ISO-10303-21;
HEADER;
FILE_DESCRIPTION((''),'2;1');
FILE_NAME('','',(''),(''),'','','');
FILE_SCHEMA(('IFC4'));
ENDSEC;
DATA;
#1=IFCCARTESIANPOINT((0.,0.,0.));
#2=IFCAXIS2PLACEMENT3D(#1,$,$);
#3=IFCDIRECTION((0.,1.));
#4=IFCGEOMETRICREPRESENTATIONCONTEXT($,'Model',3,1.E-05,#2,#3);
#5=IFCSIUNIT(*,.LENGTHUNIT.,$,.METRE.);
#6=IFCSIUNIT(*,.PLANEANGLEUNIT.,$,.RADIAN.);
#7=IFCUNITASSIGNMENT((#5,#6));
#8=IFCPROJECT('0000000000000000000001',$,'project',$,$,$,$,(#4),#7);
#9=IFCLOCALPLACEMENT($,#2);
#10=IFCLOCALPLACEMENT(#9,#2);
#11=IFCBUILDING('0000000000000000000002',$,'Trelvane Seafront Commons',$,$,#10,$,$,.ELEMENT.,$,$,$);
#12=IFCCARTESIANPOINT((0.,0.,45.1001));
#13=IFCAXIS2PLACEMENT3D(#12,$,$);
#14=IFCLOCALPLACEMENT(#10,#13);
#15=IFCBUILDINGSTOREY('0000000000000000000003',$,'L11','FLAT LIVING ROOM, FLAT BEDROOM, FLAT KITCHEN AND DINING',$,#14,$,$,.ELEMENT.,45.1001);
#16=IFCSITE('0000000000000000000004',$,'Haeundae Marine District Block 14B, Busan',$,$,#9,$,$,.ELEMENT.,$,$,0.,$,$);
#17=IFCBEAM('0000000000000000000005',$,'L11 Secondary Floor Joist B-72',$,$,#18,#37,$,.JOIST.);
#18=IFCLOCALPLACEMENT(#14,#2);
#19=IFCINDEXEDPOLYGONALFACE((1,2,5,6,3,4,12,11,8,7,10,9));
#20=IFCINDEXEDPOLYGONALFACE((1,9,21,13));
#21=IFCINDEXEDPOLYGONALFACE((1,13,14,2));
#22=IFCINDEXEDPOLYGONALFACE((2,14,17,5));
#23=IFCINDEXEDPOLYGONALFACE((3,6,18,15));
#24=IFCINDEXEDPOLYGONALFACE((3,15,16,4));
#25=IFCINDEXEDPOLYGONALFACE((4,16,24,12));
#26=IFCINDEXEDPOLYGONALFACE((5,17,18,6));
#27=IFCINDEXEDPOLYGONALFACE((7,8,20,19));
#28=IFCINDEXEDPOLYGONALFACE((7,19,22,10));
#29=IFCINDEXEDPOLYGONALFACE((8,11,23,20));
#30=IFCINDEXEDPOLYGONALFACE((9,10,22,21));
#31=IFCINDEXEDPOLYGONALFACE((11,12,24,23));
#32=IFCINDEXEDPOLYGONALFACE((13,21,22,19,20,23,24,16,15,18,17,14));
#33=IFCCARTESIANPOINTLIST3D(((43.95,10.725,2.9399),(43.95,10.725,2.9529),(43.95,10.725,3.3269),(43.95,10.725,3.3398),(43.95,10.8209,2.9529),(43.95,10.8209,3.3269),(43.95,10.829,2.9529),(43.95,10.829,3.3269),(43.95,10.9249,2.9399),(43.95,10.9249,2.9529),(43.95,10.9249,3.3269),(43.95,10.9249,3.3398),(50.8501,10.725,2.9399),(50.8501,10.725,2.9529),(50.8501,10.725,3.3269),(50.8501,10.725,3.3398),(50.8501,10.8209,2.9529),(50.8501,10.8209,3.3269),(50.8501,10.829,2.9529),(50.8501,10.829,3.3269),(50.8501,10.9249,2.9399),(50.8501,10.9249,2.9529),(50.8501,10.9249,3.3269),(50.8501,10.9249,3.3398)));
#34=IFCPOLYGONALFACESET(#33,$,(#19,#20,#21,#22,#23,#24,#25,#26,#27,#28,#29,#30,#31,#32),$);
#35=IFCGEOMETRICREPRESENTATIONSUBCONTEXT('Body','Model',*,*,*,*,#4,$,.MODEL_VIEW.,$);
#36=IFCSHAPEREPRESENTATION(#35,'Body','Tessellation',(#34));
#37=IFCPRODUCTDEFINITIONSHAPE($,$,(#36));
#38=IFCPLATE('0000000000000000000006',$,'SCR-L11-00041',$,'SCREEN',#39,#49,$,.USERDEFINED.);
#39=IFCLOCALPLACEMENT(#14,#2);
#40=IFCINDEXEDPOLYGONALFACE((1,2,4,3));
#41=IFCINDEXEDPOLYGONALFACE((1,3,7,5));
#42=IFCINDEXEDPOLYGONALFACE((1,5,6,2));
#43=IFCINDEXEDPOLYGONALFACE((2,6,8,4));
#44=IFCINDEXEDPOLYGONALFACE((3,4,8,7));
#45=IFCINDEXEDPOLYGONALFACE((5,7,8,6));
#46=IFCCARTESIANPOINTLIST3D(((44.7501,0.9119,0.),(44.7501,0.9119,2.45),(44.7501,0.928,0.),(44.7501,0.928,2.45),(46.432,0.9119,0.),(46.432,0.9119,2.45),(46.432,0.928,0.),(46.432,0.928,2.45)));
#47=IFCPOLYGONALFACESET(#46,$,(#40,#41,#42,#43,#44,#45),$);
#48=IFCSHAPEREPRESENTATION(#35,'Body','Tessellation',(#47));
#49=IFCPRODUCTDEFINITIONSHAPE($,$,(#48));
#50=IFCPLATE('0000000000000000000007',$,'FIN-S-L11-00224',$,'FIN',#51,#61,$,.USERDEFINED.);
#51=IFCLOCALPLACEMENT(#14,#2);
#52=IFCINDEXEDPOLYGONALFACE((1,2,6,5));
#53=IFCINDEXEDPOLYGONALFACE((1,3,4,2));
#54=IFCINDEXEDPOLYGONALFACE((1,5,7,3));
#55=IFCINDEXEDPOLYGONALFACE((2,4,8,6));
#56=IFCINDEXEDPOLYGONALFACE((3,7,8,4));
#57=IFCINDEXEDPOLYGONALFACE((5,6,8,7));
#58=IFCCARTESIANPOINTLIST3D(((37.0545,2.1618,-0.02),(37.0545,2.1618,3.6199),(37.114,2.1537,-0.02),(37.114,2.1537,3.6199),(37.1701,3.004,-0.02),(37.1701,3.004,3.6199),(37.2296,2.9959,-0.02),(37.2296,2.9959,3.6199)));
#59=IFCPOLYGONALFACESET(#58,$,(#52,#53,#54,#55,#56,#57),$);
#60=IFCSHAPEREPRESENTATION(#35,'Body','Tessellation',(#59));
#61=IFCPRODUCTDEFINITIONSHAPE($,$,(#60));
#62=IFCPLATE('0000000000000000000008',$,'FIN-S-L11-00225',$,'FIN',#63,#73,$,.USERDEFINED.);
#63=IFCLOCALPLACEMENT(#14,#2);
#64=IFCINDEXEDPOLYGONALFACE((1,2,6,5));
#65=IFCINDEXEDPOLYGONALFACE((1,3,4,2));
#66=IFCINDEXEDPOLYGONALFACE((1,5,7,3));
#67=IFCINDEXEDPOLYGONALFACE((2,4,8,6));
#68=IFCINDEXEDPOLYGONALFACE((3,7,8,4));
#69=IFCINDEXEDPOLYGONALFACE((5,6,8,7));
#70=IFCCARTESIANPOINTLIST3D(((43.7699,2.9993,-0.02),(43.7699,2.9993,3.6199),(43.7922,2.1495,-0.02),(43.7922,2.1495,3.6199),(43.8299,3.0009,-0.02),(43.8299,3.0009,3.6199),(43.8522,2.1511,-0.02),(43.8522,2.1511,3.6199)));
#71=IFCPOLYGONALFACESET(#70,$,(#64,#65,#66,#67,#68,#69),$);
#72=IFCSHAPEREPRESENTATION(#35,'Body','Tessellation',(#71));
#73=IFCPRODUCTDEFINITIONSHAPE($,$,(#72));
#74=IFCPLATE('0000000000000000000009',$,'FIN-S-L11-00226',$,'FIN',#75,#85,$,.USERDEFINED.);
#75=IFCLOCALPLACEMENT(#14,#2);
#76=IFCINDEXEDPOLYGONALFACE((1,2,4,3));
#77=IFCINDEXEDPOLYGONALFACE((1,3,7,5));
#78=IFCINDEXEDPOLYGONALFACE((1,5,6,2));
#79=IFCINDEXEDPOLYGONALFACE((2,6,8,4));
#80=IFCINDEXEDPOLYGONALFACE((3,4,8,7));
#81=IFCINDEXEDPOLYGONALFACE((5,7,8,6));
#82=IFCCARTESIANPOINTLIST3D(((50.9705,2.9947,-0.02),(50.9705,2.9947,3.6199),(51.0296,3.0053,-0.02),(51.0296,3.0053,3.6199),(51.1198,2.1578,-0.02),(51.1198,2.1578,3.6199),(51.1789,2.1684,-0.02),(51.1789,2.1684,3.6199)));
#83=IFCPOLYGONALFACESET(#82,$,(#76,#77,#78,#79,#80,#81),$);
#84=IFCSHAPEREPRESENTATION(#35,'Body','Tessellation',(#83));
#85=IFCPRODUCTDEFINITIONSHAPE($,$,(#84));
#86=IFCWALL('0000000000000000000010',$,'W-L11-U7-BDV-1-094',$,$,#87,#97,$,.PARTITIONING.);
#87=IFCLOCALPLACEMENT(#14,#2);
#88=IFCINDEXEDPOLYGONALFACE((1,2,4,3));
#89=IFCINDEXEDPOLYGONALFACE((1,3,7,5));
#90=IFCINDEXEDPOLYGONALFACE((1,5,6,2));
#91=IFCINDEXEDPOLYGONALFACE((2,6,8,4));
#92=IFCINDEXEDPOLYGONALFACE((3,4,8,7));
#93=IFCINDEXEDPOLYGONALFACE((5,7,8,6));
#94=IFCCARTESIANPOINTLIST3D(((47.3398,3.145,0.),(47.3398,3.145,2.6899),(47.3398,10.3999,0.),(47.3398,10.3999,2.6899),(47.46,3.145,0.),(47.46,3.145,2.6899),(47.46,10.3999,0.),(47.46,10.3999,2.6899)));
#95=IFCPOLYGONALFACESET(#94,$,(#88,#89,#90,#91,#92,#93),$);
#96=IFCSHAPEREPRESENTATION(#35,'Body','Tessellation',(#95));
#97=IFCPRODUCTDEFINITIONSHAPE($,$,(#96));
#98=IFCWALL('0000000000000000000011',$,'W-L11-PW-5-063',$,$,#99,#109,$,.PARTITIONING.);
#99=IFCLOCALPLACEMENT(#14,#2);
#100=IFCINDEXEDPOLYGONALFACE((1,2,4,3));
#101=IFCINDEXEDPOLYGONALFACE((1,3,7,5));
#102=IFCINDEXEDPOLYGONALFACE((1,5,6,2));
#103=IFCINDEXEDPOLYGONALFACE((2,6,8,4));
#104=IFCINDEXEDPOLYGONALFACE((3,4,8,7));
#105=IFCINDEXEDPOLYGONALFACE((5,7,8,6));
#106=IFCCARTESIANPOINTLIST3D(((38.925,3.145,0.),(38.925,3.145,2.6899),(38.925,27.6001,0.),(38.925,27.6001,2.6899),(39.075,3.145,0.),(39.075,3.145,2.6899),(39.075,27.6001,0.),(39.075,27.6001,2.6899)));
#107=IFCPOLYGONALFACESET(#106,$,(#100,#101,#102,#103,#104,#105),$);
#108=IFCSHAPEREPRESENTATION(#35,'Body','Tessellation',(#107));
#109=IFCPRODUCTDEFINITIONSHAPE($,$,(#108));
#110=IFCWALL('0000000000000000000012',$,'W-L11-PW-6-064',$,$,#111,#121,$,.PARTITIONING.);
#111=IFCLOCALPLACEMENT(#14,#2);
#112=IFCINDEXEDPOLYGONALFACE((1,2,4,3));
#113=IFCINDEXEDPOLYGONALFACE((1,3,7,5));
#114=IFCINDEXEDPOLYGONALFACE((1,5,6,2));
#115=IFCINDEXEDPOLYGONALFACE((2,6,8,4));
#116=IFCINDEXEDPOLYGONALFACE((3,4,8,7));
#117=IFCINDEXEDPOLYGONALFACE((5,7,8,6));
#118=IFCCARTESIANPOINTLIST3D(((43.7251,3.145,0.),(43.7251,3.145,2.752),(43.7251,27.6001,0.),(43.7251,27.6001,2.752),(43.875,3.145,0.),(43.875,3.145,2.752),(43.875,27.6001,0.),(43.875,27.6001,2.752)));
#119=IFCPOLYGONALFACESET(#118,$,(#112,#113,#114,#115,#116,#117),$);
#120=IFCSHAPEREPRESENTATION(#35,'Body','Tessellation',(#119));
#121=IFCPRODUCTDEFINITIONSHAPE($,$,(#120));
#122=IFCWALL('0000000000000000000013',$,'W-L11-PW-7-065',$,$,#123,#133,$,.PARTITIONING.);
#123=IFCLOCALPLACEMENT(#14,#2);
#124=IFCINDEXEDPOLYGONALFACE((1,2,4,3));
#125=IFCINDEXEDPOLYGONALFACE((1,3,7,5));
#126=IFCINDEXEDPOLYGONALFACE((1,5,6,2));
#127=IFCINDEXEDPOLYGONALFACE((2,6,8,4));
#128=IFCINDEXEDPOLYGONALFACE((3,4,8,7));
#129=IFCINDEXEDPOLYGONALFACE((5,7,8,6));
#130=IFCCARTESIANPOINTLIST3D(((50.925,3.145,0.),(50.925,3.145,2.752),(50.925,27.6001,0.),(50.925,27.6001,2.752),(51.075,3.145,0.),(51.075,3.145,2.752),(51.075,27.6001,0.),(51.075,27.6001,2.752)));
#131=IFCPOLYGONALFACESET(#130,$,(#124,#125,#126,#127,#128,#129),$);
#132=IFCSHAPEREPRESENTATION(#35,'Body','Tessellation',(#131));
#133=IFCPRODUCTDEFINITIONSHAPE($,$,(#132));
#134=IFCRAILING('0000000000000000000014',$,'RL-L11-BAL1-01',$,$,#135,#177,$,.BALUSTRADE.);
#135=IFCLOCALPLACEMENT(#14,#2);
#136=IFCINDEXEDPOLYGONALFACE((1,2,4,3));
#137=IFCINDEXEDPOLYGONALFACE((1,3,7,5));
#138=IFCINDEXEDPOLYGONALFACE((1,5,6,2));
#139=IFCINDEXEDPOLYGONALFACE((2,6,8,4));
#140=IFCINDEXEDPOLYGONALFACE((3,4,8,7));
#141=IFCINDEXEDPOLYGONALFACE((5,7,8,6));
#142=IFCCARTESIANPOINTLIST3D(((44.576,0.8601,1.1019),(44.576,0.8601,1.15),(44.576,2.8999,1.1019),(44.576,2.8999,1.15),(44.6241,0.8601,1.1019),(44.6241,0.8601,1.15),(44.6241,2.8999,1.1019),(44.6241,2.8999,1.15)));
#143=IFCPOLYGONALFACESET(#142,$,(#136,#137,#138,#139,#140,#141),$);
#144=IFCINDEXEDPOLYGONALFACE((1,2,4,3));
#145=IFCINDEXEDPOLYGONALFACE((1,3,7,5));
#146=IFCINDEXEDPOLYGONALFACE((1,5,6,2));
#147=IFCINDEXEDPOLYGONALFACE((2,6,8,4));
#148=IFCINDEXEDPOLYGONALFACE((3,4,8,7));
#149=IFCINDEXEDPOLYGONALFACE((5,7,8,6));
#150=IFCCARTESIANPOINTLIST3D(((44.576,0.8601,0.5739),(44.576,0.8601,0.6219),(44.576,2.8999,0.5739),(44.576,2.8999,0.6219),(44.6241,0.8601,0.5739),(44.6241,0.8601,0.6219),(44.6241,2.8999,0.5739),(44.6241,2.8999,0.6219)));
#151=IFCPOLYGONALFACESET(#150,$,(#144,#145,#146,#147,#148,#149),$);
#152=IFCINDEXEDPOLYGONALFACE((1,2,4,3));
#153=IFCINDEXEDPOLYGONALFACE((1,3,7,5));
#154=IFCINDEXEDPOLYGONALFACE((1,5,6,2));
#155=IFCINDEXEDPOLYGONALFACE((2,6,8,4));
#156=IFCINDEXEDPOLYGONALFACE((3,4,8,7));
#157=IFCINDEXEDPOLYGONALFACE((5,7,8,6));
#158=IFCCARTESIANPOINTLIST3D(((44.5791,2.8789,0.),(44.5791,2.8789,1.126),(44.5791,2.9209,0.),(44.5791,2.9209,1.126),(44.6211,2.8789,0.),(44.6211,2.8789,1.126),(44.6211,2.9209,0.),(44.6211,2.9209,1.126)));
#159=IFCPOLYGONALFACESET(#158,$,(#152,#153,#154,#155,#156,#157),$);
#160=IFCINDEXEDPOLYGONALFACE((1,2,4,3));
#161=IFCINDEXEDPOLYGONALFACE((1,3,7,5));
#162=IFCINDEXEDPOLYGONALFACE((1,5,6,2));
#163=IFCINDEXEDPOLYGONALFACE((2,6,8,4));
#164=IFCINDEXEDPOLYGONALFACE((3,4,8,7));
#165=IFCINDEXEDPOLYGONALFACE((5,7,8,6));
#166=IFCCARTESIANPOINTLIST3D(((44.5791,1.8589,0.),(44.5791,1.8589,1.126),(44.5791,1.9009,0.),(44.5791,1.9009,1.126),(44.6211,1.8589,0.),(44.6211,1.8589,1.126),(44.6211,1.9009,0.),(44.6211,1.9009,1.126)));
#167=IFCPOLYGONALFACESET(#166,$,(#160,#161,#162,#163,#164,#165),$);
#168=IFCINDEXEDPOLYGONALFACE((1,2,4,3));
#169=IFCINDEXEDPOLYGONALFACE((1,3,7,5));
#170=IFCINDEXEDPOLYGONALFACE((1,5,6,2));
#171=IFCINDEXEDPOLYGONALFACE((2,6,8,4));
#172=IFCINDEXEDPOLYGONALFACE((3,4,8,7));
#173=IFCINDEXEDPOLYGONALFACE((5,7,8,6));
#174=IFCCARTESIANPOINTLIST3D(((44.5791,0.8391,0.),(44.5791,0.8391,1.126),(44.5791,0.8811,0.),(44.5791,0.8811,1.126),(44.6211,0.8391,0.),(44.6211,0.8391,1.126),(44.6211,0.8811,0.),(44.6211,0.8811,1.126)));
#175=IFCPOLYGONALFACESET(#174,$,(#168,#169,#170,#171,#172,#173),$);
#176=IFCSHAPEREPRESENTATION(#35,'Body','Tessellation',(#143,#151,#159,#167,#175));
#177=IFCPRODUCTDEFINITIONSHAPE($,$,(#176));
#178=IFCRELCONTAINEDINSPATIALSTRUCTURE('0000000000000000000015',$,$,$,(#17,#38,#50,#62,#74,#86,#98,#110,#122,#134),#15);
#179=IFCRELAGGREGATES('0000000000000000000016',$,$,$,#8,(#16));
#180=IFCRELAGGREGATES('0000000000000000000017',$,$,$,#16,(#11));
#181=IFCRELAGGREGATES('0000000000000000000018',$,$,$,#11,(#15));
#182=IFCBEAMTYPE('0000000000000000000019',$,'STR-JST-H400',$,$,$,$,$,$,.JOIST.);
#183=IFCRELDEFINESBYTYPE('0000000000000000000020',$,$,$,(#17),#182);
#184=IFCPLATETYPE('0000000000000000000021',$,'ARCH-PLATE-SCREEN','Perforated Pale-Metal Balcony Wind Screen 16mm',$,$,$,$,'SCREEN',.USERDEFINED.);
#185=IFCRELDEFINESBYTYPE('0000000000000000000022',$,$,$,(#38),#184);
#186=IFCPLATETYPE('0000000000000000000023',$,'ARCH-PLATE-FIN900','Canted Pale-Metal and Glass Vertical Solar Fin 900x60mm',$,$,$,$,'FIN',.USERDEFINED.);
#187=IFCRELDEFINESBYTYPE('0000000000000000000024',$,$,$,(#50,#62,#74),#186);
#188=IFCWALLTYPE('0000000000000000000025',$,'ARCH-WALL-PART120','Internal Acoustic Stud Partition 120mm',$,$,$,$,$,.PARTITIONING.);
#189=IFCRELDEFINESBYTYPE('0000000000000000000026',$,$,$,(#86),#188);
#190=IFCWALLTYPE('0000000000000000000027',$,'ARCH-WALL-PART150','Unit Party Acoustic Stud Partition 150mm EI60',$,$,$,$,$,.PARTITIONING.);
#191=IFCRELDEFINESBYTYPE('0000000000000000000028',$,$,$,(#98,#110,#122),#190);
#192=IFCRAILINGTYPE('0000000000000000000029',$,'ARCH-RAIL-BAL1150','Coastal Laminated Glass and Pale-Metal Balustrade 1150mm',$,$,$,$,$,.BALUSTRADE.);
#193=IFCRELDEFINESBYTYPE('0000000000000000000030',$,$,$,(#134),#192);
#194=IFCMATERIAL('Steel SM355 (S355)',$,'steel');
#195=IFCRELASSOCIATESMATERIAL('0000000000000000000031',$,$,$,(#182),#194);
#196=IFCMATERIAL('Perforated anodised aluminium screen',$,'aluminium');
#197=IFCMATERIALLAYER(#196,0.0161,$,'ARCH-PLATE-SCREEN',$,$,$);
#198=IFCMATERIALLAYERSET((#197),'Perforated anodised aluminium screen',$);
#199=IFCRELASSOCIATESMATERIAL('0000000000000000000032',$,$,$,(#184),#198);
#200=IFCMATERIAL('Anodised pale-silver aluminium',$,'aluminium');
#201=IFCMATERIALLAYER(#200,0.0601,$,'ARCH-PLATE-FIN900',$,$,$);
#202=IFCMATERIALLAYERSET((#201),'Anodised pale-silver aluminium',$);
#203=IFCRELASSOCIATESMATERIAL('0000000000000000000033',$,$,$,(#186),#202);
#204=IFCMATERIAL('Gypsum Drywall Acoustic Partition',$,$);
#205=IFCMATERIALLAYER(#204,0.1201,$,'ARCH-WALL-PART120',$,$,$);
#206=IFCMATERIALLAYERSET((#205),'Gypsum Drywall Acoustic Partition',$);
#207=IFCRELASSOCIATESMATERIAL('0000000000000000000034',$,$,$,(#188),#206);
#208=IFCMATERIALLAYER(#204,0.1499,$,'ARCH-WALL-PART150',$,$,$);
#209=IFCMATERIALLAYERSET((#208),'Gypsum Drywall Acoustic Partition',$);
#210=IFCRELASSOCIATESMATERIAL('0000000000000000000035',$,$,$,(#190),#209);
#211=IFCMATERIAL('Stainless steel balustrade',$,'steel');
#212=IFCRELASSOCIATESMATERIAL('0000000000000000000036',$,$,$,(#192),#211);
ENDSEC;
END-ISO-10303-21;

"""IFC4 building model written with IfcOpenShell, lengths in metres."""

from ifc_helpers import new_model, si_unit, direction, frame, frame_2d, origin, origin_2d, place, context, subcontext, project, spatial, rectangle, i_section, extrude, source, transform, mapped, material, layer, layer_set, material_profile, profile_set, type_object, element, save


model = new_model("IFC4")

# Units and contexts
model_context = context("Model", 3, precision=1e-05, world=origin(), true_north=direction((0.0, 1.0)))
body_context = subcontext(model_context, "Body", "Model", "MODEL_VIEW")
ifc_project = project(units=[si_unit("LENGTHUNIT", "METRE"), si_unit("PLANEANGLEUNIT", "RADIAN")], contexts=[model_context])

# Site, building, storey
site_placement = place(None, origin())
site = spatial("IfcSite", under=ifc_project, at=site_placement, Name="Haeundae Marine District Block 14B, Busan", CompositionType="ELEMENT", RefElevation=0.0)
building_placement = place(site_placement, origin())
building = spatial("IfcBuilding", under=site, at=building_placement, Name="Trelvane Seafront Commons", CompositionType="ELEMENT")
storey_placement = place(building_placement, frame((0.0, 0.0, 45.1001)))
storey = spatial("IfcBuildingStorey", under=building, at=storey_placement, Name="L11", Description="FLAT LIVING ROOM, FLAT BEDROOM, FLAT KITCHEN AND DINING", CompositionType="ELEMENT", Elevation=45.1001)

# Shared definitions
ifc_material_1 = material(Name="Steel SM355 (S355)", Category="steel")

# Beam
ifc_material_profile_1 = material_profile(ifc_material_1, i_section(OverallWidth=0.2, OverallDepth=0.3999, WebThickness=0.0081, FlangeThickness=0.0129, at=origin_2d()), Name="H-400x200x8x13")
ifc_profile_set_1 = profile_set([ifc_material_profile_1], Name="Steel SM355 (S355)")
beam_type_1 = type_object("IfcBeamType", Name="STR-JST-H400", PredefinedType="JOIST", material=ifc_profile_set_1)
shared_shape_1 = source(origin(), body_context, "Body", "SweptSolid", [
    extrude(i_section(OverallWidth=0.2, OverallDepth=0.3999, WebThickness=0.0081, FlangeThickness=0.0129, at=origin_2d()), origin(), (0.0, 0.0, 1.0), 6.9001),
])
beam_1_placement = place(storey_placement, frame((43.95, 10.825, 3.1399), z_axis=(1.0, 0.0, 0.0), x_axis=(0.0, 1.0, 0.0)))
element("IfcBeam", 1, at=beam_1_placement, inside=storey, type_object=beam_type_1, Name="L11 Secondary Floor Joist B-72", PredefinedType="JOIST", context=body_context, shape_type="MappedRepresentation", body=[
    mapped(shared_shape_1, transform((0.0, 0.0, 0.0), x_axis=(1.0, 0.0, 0.0), y_axis=(0.0, 1.0, 0.0), z_axis=(0.0, 0.0, 1.0), scale=1.0)),
])

# Plates
ifc_material_2 = material(Name="Perforated anodised aluminium screen", Category="aluminium")
ifc_layer_1 = layer(ifc_material_2, 0.0161, Name="ARCH-PLATE-SCREEN")
ifc_layer_set_1 = layer_set([ifc_layer_1], Name="Perforated anodised aluminium screen")
plate_type_1 = type_object("IfcPlateType", Name="ARCH-PLATE-SCREEN", Description="Perforated Pale-Metal Balcony Wind Screen 16mm", ElementType="SCREEN", PredefinedType="USERDEFINED", material=ifc_layer_set_1)
shared_shape_2 = source(origin(), body_context, "Body", "SweptSolid", [
    extrude(rectangle(XDim=1.6819, YDim=0.0161, at=origin_2d()), origin(), (0.0, 0.0, 1.0), 2.45),
])
plate_placement = place(storey_placement, frame((45.5911, 0.9199, 0.0), z_axis=(0.0, 0.0, 1.0), x_axis=(1.0, 0.0, 0.0)))
element("IfcPlate", 2, at=plate_placement, inside=storey, type_object=plate_type_1, Name="SCR-L11-00041", ObjectType="SCREEN", PredefinedType="USERDEFINED", context=body_context, shape_type="MappedRepresentation", body=[
    mapped(shared_shape_2, transform((0.0, 0.0, 0.0), x_axis=(1.0, 0.0, 0.0), y_axis=(0.0, 1.0, 0.0), z_axis=(0.0, 0.0, 1.0), scale=1.0)),
])
ifc_material_3 = material(Name="Anodised pale-silver aluminium", Category="aluminium")
ifc_layer_2 = layer(ifc_material_3, 0.0601, Name="ARCH-PLATE-FIN900")
ifc_layer_set_2 = layer_set([ifc_layer_2], Name="Anodised pale-silver aluminium")
plate_type_2 = type_object("IfcPlateType", Name="ARCH-PLATE-FIN900", Description="Canted Pale-Metal and Glass Vertical Solar Fin 900x60mm", ElementType="FIN", PredefinedType="USERDEFINED", material=ifc_layer_set_2)
shared_shape_3 = source(origin(), body_context, "Body", "SweptSolid", [
    extrude(rectangle(XDim=0.8501, YDim=0.0601, at=origin_2d()), origin(), (0.0, 0.0, 1.0), 3.6399),
])
for number, where, z_axis, x_axis, name in (
    (3, (37.1421, 2.5789, -0.02), (0.0, 0.0, 1.0), (-0.136001, -0.990709, 0.0), "FIN-S-L11-00224"),
    (4, (43.811, 2.5752, -0.02), (0.0, 0.0, 1.0), (0.026236, -0.999656, 0.0), "FIN-S-L11-00225"),
    (5, (51.0747, 2.5815, -0.02), (0.0, 0.0, 1.0), (0.175643, -0.984454, 0.0), "FIN-S-L11-00226"),
):
    element("IfcPlate", number, at=place(storey_placement, frame(where, z_axis=z_axis, x_axis=x_axis)), inside=storey, type_object=plate_type_2, Name=name, ObjectType="FIN", PredefinedType="USERDEFINED", context=body_context, shape_type="MappedRepresentation", body=[
        mapped(shared_shape_3, transform((0.0, 0.0, 0.0), x_axis=(1.0, 0.0, 0.0), y_axis=(0.0, 1.0, 0.0), z_axis=(0.0, 0.0, 1.0), scale=1.0)),
    ])

# Shared definitions
ifc_material_4 = material(Name="Gypsum Drywall Acoustic Partition")
ifc_layer_3 = layer(ifc_material_4, 0.1201, Name="ARCH-WALL-PART120")
ifc_layer_set_3 = layer_set([ifc_layer_3], Name="Gypsum Drywall Acoustic Partition")
wall_type_1 = type_object("IfcWallType", Name="ARCH-WALL-PART120", Description="Internal Acoustic Stud Partition 120mm", PredefinedType="PARTITIONING", material=ifc_layer_set_3)

# Walls
wall_1_placement = place(storey_placement, frame((47.3999, 3.145, 0.0), z_axis=(0.0, 0.0, 1.0), x_axis=(0.0, 1.0, 0.0)))
element("IfcWall", 6, at=wall_1_placement, inside=storey, type_object=wall_type_1, Name="W-L11-U7-BDV-1-094", PredefinedType="PARTITIONING", context=body_context, shape_type="SweptSolid", body=[
    extrude(rectangle(XDim=7.2549, YDim=0.1201, at=frame_2d((3.6274, 0.0))), origin(), (0.0, 0.0, 1.0), 2.6899),
])
ifc_layer_4 = layer(ifc_material_4, 0.1499, Name="ARCH-WALL-PART150")
ifc_layer_set_4 = layer_set([ifc_layer_4], Name="Gypsum Drywall Acoustic Partition")
wall_type_2 = type_object("IfcWallType", Name="ARCH-WALL-PART150", Description="Unit Party Acoustic Stud Partition 150mm EI60", PredefinedType="PARTITIONING", material=ifc_layer_set_4)
wall_2_placement = place(storey_placement, frame((39.0, 3.145, 0.0), z_axis=(0.0, 0.0, 1.0), x_axis=(0.0, 1.0, 0.0)))
element("IfcWall", 7, at=wall_2_placement, inside=storey, type_object=wall_type_2, Name="W-L11-PW-5-063", PredefinedType="PARTITIONING", context=body_context, shape_type="SweptSolid", body=[
    extrude(rectangle(XDim=24.4551, YDim=0.1499, at=frame_2d((12.2275, 0.0))), origin(), (0.0, 0.0, 1.0), 2.6899),
])
for number, where, z_axis, x_axis, name in (
    (8, (43.8, 3.145, 0.0), (0.0, 0.0, 1.0), (0.0, 1.0, 0.0), "W-L11-PW-6-064"),
    (9, (51.0, 3.145, 0.0), (0.0, 0.0, 1.0), (0.0, 1.0, 0.0), "W-L11-PW-7-065"),
):
    element("IfcWall", number, at=place(storey_placement, frame(where, z_axis=z_axis, x_axis=x_axis)), inside=storey, type_object=wall_type_2, Name=name, PredefinedType="PARTITIONING", context=body_context, shape_type="SweptSolid", body=[
        extrude(rectangle(XDim=24.4551, YDim=0.1499, at=frame_2d((12.2275, 0.0))), origin(), (0.0, 0.0, 1.0), 2.752),
    ])

# Railing
ifc_material_5 = material(Name="Stainless steel balustrade", Category="steel")
railing_type = type_object("IfcRailingType", Name="ARCH-RAIL-BAL1150", Description="Coastal Laminated Glass and Pale-Metal Balustrade 1150mm", PredefinedType="BALUSTRADE", material=ifc_material_5)
railing_1_placement = place(storey_placement, frame((44.6001, 2.8999, 0.0)))
element("IfcRailing", 10, at=railing_1_placement, inside=storey, type_object=railing_type, Name="RL-L11-BAL1-01", PredefinedType="BALUSTRADE", context=body_context, shape_type="SweptSolid", body=[
    extrude(rectangle(XDim=0.0481, YDim=0.0481, at=origin_2d()), frame((0.0, 0.0, 1.126), z_axis=(0.0, -1.0, 0.0), x_axis=(1.0, 0.0, 0.0)), (0.0, 0.0, 1.0), 2.0398),
    extrude(rectangle(XDim=0.0481, YDim=0.0481, at=origin_2d()), frame((0.0, 0.0, 0.5979), z_axis=(0.0, -1.0, 0.0), x_axis=(1.0, 0.0, 0.0)), (0.0, 0.0, 1.0), 2.0398),
    extrude(rectangle(XDim=0.042, YDim=0.042, at=origin_2d()), origin(), (0.0, 0.0, 1.0), 1.126),
    extrude(rectangle(XDim=0.042, YDim=0.042, at=origin_2d()), frame((0.0, -1.02, 0.0)), (0.0, 0.0, 1.0), 1.126),
    extrude(rectangle(XDim=0.042, YDim=0.042, at=origin_2d()), frame((0.0, -2.0398, 0.0)), (0.0, 0.0, 1.0), 1.126),
])

save(model, "model.ifc")
